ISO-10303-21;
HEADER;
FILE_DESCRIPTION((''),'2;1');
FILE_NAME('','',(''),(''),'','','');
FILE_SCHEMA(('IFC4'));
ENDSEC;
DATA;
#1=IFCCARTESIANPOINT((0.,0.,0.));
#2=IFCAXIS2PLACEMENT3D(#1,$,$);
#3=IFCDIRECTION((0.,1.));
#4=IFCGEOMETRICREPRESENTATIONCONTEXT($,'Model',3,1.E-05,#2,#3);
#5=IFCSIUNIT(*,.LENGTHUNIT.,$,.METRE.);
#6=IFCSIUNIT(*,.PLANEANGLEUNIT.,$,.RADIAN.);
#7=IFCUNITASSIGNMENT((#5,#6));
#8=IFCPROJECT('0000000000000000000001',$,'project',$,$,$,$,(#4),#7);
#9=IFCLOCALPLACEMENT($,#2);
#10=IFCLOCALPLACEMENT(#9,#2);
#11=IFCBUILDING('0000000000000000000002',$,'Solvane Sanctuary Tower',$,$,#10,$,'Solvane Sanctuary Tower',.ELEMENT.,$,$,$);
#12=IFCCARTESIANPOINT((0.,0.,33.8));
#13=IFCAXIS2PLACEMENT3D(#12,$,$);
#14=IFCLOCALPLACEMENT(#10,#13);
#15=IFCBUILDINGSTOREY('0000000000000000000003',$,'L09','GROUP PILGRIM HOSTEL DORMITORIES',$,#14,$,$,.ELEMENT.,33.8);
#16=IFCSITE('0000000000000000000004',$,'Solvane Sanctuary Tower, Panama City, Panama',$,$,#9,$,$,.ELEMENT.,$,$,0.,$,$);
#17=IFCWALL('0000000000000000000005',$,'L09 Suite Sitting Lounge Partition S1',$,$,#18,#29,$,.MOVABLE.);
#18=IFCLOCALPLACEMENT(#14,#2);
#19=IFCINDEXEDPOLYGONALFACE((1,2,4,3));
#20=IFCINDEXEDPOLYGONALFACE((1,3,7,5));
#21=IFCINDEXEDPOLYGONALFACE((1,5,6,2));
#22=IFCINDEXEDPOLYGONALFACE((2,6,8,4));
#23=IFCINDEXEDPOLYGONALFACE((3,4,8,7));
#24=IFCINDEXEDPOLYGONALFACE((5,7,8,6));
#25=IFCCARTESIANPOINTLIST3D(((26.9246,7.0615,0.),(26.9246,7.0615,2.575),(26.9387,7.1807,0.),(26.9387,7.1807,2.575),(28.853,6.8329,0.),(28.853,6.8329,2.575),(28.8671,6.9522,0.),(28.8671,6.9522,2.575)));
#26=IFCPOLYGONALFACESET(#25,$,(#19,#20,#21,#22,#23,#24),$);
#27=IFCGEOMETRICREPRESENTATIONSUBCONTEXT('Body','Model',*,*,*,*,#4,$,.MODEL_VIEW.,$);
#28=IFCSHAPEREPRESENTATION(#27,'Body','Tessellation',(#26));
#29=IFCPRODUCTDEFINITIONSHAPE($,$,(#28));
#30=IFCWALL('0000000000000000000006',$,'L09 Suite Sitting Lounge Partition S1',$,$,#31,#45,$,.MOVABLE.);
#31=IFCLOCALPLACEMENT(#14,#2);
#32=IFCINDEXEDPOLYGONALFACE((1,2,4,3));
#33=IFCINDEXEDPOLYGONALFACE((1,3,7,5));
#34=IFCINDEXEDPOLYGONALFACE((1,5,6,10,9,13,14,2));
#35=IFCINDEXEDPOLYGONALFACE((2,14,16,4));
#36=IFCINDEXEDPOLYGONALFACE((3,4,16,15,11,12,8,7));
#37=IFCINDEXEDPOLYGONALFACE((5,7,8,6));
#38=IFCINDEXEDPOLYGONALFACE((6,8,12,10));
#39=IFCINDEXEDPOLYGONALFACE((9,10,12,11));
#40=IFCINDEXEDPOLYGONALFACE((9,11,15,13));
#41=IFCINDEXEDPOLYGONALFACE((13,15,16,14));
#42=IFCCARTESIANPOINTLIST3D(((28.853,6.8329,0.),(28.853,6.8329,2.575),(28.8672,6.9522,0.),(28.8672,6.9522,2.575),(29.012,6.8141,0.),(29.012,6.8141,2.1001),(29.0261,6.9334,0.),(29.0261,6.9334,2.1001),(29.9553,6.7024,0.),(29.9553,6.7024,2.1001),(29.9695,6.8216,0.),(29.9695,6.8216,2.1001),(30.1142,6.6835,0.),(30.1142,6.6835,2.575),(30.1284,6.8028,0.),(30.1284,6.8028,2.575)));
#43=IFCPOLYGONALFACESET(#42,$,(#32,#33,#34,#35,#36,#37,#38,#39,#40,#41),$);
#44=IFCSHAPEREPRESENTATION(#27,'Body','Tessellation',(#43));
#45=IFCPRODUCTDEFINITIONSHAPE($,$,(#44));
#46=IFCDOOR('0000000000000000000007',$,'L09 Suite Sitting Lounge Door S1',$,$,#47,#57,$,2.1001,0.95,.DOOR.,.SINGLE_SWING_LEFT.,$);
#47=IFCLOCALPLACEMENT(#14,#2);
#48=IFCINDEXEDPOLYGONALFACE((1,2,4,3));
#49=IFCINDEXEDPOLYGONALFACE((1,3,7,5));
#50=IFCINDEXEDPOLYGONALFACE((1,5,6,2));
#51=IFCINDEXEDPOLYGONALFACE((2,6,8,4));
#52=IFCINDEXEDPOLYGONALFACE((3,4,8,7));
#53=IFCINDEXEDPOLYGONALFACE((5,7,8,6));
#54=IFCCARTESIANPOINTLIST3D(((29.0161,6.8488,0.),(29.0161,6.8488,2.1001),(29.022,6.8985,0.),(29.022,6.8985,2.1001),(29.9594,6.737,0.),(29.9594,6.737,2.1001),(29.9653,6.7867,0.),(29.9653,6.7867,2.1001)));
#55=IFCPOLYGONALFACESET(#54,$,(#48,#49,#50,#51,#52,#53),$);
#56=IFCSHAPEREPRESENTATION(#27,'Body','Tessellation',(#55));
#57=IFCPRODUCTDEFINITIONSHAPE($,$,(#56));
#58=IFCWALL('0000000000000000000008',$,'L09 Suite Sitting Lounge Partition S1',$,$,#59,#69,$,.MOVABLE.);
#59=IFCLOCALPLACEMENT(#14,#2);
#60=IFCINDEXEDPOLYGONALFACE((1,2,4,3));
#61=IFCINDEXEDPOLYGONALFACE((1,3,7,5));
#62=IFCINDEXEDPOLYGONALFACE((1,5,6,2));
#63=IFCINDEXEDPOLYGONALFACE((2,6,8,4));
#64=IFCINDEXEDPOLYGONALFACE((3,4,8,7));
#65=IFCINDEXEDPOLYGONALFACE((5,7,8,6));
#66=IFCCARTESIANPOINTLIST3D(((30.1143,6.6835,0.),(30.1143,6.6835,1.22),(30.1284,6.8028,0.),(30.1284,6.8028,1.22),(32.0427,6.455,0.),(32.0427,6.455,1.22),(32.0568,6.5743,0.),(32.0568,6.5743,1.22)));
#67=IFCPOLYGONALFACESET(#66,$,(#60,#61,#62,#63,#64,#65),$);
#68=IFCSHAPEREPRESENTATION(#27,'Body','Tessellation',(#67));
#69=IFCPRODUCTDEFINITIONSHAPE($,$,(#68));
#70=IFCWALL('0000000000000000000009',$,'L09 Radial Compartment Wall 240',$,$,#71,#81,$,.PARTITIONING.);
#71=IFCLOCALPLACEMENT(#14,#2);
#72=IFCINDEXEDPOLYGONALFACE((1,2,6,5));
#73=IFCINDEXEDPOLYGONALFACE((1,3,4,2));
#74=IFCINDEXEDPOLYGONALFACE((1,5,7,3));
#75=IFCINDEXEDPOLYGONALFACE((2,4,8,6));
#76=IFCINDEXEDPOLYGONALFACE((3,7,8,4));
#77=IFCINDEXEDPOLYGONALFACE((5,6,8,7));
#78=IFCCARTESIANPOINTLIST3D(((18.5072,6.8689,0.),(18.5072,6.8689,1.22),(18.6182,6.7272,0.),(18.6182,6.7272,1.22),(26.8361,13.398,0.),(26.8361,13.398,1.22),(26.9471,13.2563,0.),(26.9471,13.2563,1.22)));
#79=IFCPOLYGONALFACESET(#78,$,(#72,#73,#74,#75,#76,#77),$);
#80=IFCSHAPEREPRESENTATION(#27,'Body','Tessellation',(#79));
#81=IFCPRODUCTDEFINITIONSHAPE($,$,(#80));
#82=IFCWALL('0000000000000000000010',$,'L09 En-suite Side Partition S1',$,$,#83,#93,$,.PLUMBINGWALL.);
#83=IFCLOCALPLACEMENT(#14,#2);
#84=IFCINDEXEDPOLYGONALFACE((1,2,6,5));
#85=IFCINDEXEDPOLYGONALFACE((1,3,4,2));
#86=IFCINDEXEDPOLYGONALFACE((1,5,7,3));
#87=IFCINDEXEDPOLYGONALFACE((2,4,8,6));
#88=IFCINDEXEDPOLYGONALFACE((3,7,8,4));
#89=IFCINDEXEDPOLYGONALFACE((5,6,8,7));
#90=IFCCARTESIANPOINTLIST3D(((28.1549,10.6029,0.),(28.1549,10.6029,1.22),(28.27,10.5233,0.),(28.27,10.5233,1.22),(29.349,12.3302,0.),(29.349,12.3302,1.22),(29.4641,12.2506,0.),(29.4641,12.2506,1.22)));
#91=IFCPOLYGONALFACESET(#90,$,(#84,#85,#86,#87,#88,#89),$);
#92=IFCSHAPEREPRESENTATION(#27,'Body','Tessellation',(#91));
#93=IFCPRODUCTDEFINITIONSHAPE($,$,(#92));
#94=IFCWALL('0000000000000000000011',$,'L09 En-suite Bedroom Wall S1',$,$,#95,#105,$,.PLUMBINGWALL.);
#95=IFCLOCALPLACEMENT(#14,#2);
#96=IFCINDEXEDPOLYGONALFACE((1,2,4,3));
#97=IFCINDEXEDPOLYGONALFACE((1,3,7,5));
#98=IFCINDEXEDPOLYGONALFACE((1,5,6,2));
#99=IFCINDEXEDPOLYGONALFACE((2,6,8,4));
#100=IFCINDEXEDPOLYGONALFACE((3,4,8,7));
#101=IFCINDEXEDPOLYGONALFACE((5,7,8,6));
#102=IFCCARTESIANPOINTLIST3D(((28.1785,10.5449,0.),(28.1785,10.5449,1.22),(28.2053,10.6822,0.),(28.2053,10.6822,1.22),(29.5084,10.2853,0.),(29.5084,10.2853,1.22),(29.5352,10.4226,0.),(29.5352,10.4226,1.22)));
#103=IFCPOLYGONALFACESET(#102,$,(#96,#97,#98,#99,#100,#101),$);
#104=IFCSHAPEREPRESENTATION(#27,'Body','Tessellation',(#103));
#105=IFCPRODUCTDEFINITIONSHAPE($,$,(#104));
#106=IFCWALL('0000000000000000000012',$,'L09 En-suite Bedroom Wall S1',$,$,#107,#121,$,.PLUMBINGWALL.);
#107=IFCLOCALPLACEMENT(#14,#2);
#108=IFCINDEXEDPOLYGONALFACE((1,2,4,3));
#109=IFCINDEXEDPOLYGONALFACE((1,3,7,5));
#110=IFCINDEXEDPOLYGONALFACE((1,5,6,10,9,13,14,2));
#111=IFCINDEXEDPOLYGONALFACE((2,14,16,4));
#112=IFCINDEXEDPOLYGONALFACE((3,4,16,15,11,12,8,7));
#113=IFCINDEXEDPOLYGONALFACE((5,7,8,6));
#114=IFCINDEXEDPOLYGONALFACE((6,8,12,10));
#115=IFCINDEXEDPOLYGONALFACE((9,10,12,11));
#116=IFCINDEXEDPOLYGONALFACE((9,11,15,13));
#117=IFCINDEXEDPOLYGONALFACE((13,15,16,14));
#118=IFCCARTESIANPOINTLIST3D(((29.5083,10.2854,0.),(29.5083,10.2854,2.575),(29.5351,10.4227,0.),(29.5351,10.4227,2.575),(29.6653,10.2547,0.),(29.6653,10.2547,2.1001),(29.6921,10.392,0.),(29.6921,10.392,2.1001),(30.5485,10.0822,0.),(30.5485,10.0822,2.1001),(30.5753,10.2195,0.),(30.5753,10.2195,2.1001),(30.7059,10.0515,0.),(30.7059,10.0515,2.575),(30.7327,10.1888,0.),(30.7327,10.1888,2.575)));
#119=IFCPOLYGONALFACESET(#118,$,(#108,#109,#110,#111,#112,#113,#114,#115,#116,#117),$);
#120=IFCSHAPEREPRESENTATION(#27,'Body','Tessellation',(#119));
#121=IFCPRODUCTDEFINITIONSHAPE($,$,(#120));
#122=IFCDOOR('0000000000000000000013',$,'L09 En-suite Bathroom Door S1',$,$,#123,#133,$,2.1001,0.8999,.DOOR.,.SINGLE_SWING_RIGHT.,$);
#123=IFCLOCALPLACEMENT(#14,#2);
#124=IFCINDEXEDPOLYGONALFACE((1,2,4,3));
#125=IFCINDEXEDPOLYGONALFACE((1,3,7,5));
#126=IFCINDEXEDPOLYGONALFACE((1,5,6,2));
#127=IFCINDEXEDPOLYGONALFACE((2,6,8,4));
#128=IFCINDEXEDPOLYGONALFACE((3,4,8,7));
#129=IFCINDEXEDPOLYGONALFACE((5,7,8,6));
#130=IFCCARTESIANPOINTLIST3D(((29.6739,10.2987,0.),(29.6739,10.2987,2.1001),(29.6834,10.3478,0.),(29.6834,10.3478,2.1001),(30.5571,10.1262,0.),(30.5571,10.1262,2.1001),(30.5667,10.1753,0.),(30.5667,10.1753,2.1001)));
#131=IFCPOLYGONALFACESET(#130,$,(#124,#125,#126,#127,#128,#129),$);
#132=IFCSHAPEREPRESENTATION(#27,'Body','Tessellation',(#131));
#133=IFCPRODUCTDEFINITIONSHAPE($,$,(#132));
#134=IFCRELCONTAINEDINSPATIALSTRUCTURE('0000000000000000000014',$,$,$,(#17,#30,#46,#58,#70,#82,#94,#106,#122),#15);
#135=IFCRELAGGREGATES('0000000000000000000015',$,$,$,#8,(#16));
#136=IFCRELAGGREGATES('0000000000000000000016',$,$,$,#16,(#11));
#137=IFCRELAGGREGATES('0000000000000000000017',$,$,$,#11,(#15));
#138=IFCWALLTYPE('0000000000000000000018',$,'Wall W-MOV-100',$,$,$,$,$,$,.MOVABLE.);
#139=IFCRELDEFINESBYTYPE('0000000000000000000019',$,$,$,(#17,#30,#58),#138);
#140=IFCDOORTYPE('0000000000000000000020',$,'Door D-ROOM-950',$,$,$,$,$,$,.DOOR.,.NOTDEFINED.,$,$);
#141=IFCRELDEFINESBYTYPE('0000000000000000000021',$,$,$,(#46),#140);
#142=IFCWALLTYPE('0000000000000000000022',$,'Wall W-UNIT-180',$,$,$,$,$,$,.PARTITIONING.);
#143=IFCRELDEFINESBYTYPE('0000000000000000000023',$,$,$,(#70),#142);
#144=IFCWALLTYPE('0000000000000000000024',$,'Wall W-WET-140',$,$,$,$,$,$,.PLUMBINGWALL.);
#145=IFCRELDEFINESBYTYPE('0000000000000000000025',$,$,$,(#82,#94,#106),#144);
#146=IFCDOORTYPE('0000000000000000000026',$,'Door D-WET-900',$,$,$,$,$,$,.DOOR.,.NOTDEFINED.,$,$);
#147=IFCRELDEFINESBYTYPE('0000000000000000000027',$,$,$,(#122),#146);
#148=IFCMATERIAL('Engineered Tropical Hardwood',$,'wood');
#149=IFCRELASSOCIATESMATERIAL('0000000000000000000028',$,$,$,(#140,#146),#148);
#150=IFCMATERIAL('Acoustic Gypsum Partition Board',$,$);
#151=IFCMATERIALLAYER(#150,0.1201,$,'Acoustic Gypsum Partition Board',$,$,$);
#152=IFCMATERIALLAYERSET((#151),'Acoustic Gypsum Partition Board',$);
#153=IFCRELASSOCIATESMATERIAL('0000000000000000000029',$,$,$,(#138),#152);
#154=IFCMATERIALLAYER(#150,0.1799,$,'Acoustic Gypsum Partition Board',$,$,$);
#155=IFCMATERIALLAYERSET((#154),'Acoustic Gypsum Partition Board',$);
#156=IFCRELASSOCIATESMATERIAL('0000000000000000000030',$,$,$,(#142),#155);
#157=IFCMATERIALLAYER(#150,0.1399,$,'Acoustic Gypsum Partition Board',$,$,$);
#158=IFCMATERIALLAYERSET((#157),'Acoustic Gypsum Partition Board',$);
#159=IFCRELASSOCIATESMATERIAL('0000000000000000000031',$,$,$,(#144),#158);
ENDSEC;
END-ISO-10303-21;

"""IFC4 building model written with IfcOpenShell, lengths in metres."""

from ifc_helpers import new_model, si_unit, direction, frame, frame_2d, origin, place, context, subcontext, project, spatial, rectangle, extrude, material, layer, layer_set, type_object, element, fill, save


model = new_model("IFC4")

# Units and contexts
model_context = context("Model", 3, precision=1e-05, world=origin(), true_north=direction((0.0, 1.0)))
body_context = subcontext(model_context, "Body", "Model", "MODEL_VIEW")
ifc_project = project(units=[si_unit("LENGTHUNIT", "METRE"), si_unit("PLANEANGLEUNIT", "RADIAN")], contexts=[model_context])

# Site, building, storey
site_placement = place(None, origin())
site = spatial("IfcSite", under=ifc_project, at=site_placement, Name="Solvane Sanctuary Tower, Panama City, Panama", CompositionType="ELEMENT", RefElevation=0.0)
building_placement = place(site_placement, origin())
building = spatial("IfcBuilding", under=site, at=building_placement, Name="Solvane Sanctuary Tower", LongName="Solvane Sanctuary Tower", CompositionType="ELEMENT")
storey_placement = place(building_placement, frame((0.0, 0.0, 33.8)))
storey = spatial("IfcBuildingStorey", under=building, at=storey_placement, Name="L09", Description="GROUP PILGRIM HOSTEL DORMITORIES", CompositionType="ELEMENT", Elevation=33.8)

# Shared definitions
ifc_material_1 = material(Name="Acoustic Gypsum Partition Board")

# Shared definitions
ifc_material_2 = material(Name="Engineered Tropical Hardwood", Category="wood")
door_type_1 = type_object("IfcDoorType", Name="Door D-ROOM-950", OperationType="NOTDEFINED", PredefinedType="DOOR", material=ifc_material_2)

# Wall
ifc_layer_1 = layer(ifc_material_1, 0.1201, Name="Acoustic Gypsum Partition Board")
ifc_layer_set_1 = layer_set([ifc_layer_1], Name="Acoustic Gypsum Partition Board")
wall_type_1 = type_object("IfcWallType", Name="Wall W-MOV-100", PredefinedType="MOVABLE", material=ifc_layer_set_1)
wall_1_placement = place(storey_placement, frame((26.9316, 7.1211, 0.0), z_axis=(0.0, 0.0, 1.0), x_axis=(0.993052, -0.117673, 0.0)))
element("IfcWall", 1, at=wall_1_placement, inside=storey, type_object=wall_type_1, Name="L09 Suite Sitting Lounge Partition S1", PredefinedType="MOVABLE", context=body_context, shape_type="SweptSolid", body=[
    extrude(rectangle(XDim=1.9419, YDim=0.1201, at=frame_2d((0.9709, 0.0))), origin(), (0.0, 0.0, 1.0), 2.575),
])

# Wall, opening, door
wall_2_placement = place(storey_placement, frame((28.8601, 6.8926, 0.0), z_axis=(0.0, 0.0, 1.0), x_axis=(0.993056, -0.117644, 0.0)))
wall_2 = element("IfcWall", 2, at=wall_2_placement, inside=storey, type_object=wall_type_1, Name="L09 Suite Sitting Lounge Partition S1", PredefinedType="MOVABLE", context=body_context, shape_type="SweptSolid", body=[
    extrude(rectangle(XDim=1.27, YDim=0.1201, at=frame_2d((0.635, 0.0))), origin(), (0.0, 0.0, 1.0), 2.575),
])
opening_1_placement = place(wall_2_placement, frame((0.1599, 0.0, 0.0)))
opening_1 = element("IfcOpeningElement", 3, at=opening_1_placement, cuts=wall_2, PredefinedType="OPENING", context=body_context, shape_type="SweptSolid", body=[
    extrude(rectangle(XDim=0.95, YDim=2.1001, at=frame_2d((0.4751, 1.05))), frame((0.0, 0.0701, 0.0), z_axis=(0.0, -1.0, 0.0), x_axis=(1.0, 0.0, 0.0)), (0.0, 0.0, 1.0), 0.1401),
])
door_1_placement = place(opening_1_placement, origin())
door_1 = element("IfcDoor", 4, at=door_1_placement, inside=storey, type_object=door_type_1, Name="L09 Suite Sitting Lounge Door S1", OperationType="SINGLE_SWING_LEFT", OverallHeight=2.1001, OverallWidth=0.95, PredefinedType="DOOR", context=body_context, shape_type="SweptSolid", body=[
    extrude(rectangle(XDim=0.95, YDim=2.1001, at=frame_2d((0.4751, 1.05))), frame((0.0, 0.0249, 0.0), z_axis=(0.0, -1.0, 0.0), x_axis=(1.0, 0.0, 0.0)), (0.0, 0.0, 1.0), 0.05),
])
fill(opening_1, door_1)

# Walls
wall_3_placement = place(storey_placement, frame((30.1213, 6.7432, 0.0), z_axis=(0.0, 0.0, 1.0), x_axis=(0.993052, -0.117673, 0.0)))
element("IfcWall", 5, at=wall_3_placement, inside=storey, type_object=wall_type_1, Name="L09 Suite Sitting Lounge Partition S1", PredefinedType="MOVABLE", context=body_context, shape_type="SweptSolid", body=[
    extrude(rectangle(XDim=1.9419, YDim=0.1201, at=frame_2d((0.9709, 0.0))), origin(), (0.0, 0.0, 1.0), 1.22),
])
ifc_layer_2 = layer(ifc_material_1, 0.1799, Name="Acoustic Gypsum Partition Board")
ifc_layer_set_2 = layer_set([ifc_layer_2], Name="Acoustic Gypsum Partition Board")
wall_type_2 = type_object("IfcWallType", Name="Wall W-UNIT-180", PredefinedType="PARTITIONING", material=ifc_layer_set_2)
wall_4_placement = place(storey_placement, frame((26.8916, 13.3271, 0.0), z_axis=(0.0, 0.0, 1.0), x_axis=(-0.787009, -0.616942, 0.0)))
element("IfcWall", 6, at=wall_4_placement, inside=storey, type_object=wall_type_2, Name="L09 Radial Compartment Wall 240", PredefinedType="PARTITIONING", context=body_context, shape_type="SweptSolid", body=[
    extrude(rectangle(XDim=10.583, YDim=0.1799, at=frame_2d((5.2915, 0.0))), origin(), (0.0, 0.0, 1.0), 1.22),
])
ifc_layer_3 = layer(ifc_material_1, 0.1399, Name="Acoustic Gypsum Partition Board")
ifc_layer_set_3 = layer_set([ifc_layer_3], Name="Acoustic Gypsum Partition Board")
wall_type_3 = type_object("IfcWallType", Name="Wall W-WET-140", PredefinedType="PLUMBINGWALL", material=ifc_layer_set_3)
wall_5_placement = place(storey_placement, frame((29.4065, 12.2903, 0.0), z_axis=(0.0, 0.0, 1.0), x_axis=(-0.568654, -0.822577, 0.0)))
element("IfcWall", 7, at=wall_5_placement, inside=storey, type_object=wall_type_3, Name="L09 En-suite Side Partition S1", PredefinedType="PLUMBINGWALL", context=body_context, shape_type="SweptSolid", body=[
    extrude(rectangle(XDim=2.0999, YDim=0.1399, at=frame_2d((1.0498, 0.0))), origin(), (0.0, 0.0, 1.0), 1.22),
])
wall_6_placement = place(storey_placement, frame((28.1919, 10.6135, 0.0), z_axis=(0.0, 0.0, 1.0), x_axis=(0.981485, -0.19154, 0.0)))
element("IfcWall", 8, at=wall_6_placement, inside=storey, type_object=wall_type_3, Name="L09 En-suite Bedroom Wall S1", PredefinedType="PLUMBINGWALL", context=body_context, shape_type="SweptSolid", body=[
    extrude(rectangle(XDim=1.355, YDim=0.1399, at=frame_2d((0.6775, 0.0))), origin(), (0.0, 0.0, 1.0), 1.22),
])

# Wall, opening, door
wall_7_placement = place(storey_placement, frame((29.5217, 10.354, 0.0), z_axis=(0.0, 0.0, 1.0), x_axis=(0.981456, -0.191689, 0.0)))
wall_7 = element("IfcWall", 9, at=wall_7_placement, inside=storey, type_object=wall_type_3, Name="L09 En-suite Bedroom Wall S1", PredefinedType="PLUMBINGWALL", context=body_context, shape_type="SweptSolid", body=[
    extrude(rectangle(XDim=1.2202, YDim=0.1399, at=frame_2d((0.6101, 0.0))), origin(), (0.0, 0.0, 1.0), 2.575),
])
opening_2_placement = place(wall_7_placement, frame((0.1599, 0.0, 0.0)))
opening_2 = element("IfcOpeningElement", 10, at=opening_2_placement, cuts=wall_7, PredefinedType="OPENING", context=body_context, shape_type="SweptSolid", body=[
    extrude(rectangle(XDim=0.8999, YDim=2.1001, at=frame_2d((0.45, 1.05))), frame((0.0, 0.0798, 0.0), z_axis=(0.0, -1.0, 0.0), x_axis=(1.0, 0.0, 0.0)), (0.0, 0.0, 1.0), 0.1599),
])
door_type_2 = type_object("IfcDoorType", Name="Door D-WET-900", OperationType="NOTDEFINED", PredefinedType="DOOR", material=ifc_material_2)
door_2_placement = place(opening_2_placement, origin())
door_2 = element("IfcDoor", 11, at=door_2_placement, inside=storey, type_object=door_type_2, Name="L09 En-suite Bathroom Door S1", OperationType="SINGLE_SWING_RIGHT", OverallHeight=2.1001, OverallWidth=0.8999, PredefinedType="DOOR", context=body_context, shape_type="SweptSolid", body=[
    extrude(rectangle(XDim=0.8999, YDim=2.1001, at=frame_2d((0.45, 1.05))), frame((0.0, 0.0249, 0.0), z_axis=(0.0, -1.0, 0.0), x_axis=(1.0, 0.0, 0.0)), (0.0, 0.0, 1.0), 0.05),
])
fill(opening_2, door_2)

save(model, "model.ifc")
